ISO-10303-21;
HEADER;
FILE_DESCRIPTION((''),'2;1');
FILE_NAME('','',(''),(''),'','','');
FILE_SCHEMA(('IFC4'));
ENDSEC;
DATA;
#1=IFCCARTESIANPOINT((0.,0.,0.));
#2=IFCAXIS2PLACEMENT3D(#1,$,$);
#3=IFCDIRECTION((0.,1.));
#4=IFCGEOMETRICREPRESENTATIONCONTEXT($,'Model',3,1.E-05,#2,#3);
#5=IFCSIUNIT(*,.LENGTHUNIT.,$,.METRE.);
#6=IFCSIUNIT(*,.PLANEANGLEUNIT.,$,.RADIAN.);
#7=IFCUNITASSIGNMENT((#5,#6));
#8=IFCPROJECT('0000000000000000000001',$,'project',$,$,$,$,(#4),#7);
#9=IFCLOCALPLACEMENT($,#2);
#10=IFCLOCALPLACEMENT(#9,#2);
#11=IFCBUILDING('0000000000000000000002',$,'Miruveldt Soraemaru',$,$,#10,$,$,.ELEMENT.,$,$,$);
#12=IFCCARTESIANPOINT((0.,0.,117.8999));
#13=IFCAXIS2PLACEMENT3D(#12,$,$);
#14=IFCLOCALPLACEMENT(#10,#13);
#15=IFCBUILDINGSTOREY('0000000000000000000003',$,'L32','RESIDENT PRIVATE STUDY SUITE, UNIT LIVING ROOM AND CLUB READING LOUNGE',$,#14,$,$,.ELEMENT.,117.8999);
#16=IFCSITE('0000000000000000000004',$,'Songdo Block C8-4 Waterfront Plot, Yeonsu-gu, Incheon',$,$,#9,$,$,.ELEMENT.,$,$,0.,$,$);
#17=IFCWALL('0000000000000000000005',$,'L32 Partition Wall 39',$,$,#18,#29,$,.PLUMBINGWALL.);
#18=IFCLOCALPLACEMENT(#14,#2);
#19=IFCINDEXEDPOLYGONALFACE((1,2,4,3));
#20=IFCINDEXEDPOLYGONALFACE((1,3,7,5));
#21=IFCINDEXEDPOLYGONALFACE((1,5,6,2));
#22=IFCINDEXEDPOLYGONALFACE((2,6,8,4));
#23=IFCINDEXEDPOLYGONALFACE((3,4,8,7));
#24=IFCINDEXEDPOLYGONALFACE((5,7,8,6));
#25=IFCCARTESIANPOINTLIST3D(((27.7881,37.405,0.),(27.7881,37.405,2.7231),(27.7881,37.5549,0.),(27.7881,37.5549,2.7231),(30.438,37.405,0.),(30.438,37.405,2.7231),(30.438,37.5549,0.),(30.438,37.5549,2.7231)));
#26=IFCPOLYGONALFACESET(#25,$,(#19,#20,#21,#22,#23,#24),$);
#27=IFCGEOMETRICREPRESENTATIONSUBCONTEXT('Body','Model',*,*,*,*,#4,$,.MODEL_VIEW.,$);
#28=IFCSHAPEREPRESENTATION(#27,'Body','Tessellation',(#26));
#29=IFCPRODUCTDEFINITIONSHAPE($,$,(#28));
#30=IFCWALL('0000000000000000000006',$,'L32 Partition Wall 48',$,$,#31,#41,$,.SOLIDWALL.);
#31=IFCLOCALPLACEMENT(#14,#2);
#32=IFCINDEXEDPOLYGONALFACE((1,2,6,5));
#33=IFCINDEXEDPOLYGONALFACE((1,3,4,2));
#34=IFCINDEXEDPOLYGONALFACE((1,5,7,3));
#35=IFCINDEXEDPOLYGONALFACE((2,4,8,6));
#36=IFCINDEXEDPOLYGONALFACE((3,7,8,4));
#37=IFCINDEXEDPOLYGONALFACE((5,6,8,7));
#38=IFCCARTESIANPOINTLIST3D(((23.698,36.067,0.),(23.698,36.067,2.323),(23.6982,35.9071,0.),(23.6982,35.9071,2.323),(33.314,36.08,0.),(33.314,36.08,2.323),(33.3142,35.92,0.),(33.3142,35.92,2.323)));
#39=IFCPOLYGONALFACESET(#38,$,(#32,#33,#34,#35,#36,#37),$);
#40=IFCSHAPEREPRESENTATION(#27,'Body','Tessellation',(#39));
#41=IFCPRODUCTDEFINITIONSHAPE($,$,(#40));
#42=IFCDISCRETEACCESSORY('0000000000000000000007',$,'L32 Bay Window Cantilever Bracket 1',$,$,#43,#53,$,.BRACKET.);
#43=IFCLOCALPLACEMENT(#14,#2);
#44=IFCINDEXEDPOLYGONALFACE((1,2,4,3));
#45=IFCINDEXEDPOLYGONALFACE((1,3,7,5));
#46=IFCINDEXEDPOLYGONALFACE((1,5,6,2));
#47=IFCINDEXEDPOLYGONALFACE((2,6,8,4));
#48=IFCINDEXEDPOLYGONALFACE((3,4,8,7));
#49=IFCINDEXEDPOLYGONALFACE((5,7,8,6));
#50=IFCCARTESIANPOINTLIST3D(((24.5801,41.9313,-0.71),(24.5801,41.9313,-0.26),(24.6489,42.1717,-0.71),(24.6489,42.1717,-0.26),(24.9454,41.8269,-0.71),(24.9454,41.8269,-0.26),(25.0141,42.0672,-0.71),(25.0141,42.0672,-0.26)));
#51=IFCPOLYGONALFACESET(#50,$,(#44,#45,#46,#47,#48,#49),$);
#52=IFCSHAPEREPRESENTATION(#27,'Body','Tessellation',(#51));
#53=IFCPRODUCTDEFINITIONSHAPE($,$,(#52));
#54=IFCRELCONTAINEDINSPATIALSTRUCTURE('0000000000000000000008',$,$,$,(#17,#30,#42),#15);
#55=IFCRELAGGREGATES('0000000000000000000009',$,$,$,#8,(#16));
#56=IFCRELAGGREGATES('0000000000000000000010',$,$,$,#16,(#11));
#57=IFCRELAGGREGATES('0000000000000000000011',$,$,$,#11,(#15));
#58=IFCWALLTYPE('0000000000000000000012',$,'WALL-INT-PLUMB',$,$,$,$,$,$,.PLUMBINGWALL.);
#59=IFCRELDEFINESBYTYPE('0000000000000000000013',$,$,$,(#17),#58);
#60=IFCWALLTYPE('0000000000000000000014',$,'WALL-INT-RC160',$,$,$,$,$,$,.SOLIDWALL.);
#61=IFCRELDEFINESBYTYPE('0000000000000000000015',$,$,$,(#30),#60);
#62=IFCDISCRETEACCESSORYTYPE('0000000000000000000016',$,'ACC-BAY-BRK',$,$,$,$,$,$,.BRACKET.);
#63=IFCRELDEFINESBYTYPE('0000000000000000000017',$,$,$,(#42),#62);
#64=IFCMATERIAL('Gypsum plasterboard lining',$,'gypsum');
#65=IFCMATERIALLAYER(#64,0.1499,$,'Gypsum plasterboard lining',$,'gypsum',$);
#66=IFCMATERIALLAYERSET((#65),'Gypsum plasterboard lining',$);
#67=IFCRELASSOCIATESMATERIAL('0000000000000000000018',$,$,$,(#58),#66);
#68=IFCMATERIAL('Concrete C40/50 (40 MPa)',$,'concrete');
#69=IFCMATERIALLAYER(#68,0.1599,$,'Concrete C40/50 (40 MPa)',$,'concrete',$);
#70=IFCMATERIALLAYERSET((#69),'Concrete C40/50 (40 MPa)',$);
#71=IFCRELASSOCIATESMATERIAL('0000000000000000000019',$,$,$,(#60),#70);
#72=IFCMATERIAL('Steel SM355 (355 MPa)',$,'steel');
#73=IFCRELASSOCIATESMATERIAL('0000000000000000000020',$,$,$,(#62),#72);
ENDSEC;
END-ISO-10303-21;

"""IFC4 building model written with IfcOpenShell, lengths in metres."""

from ifc_helpers import new_model, si_unit, direction, frame, frame_2d, origin, origin_2d, place, context, subcontext, project, spatial, rectangle, extrude, material, layer, layer_set, type_object, element, save


model = new_model("IFC4")

# Units and contexts
model_context = context("Model", 3, precision=1e-05, world=origin(), true_north=direction((0.0, 1.0)))
body_context = subcontext(model_context, "Body", "Model", "MODEL_VIEW")
ifc_project = project(units=[si_unit("LENGTHUNIT", "METRE"), si_unit("PLANEANGLEUNIT", "RADIAN")], contexts=[model_context])

# Site, building, storey
site_placement = place(None, origin())
site = spatial("IfcSite", under=ifc_project, at=site_placement, Name="Songdo Block C8-4 Waterfront Plot, Yeonsu-gu, Incheon", CompositionType="ELEMENT", RefElevation=0.0)
building_placement = place(site_placement, origin())
building = spatial("IfcBuilding", under=site, at=building_placement, Name="Miruveldt Soraemaru", CompositionType="ELEMENT")
storey_placement = place(building_placement, frame((0.0, 0.0, 117.8999)))
storey = spatial("IfcBuildingStorey", under=building, at=storey_placement, Name="L32", Description="RESIDENT PRIVATE STUDY SUITE, UNIT LIVING ROOM AND CLUB READING LOUNGE", CompositionType="ELEMENT", Elevation=117.8999)

# Shared definitions
ifc_material_1 = material(Name="Steel SM355 (355 MPa)", Category="steel")

# Shared definitions
ifc_material_2 = material(Name="Gypsum plasterboard lining", Category="gypsum")

# Shared definitions
ifc_layer_1 = layer(ifc_material_2, 0.1499, Name="Gypsum plasterboard lining", Category="gypsum")
ifc_layer_set_1 = layer_set([ifc_layer_1], Name="Gypsum plasterboard lining")
wall_type_1 = type_object("IfcWallType", Name="WALL-INT-PLUMB", PredefinedType="PLUMBINGWALL", material=ifc_layer_set_1)

# Walls
for number, where, z_axis, x_axis, name in (
    (1, (27.7881, 37.48, 0.0), (0.0, 0.0, 1.0), (1.0, 0.0, 0.0), "L32 Partition Wall 39"),
):
    element("IfcWall", number, at=place(storey_placement, frame(where, z_axis=z_axis, x_axis=x_axis)), inside=storey, type_object=wall_type_1, Name=name, PredefinedType="PLUMBINGWALL", context=body_context, shape_type="SweptSolid", body=[
        extrude(rectangle(XDim=2.6499, YDim=0.1499, at=frame_2d((1.325, 0.0))), origin(), (0.0, 0.0, 1.0), 2.7231),
    ])
ifc_material_3 = material(Name="Concrete C40/50 (40 MPa)", Category="concrete")
ifc_layer_2 = layer(ifc_material_3, 0.1599, Name="Concrete C40/50 (40 MPa)", Category="concrete")
ifc_layer_set_2 = layer_set([ifc_layer_2], Name="Concrete C40/50 (40 MPa)")
wall_type_2 = type_object("IfcWallType", Name="WALL-INT-RC160", PredefinedType="SOLIDWALL", material=ifc_layer_set_2)
wall_1_placement = place(storey_placement, frame((23.698, 35.9871, 0.0), z_axis=(0.0, 0.0, 1.0), x_axis=(0.999999, 0.001346, 0.0)))
element("IfcWall", 2, at=wall_1_placement, inside=storey, type_object=wall_type_2, Name="L32 Partition Wall 48", PredefinedType="SOLIDWALL", context=body_context, shape_type="SweptSolid", body=[
    extrude(rectangle(XDim=9.616, YDim=0.1599, at=frame_2d((4.8081, 0.0))), origin(), (0.0, 0.0, 1.0), 2.323),
])

# Discrete accessory
discrete_accessory_type = type_object("IfcDiscreteAccessoryType", Name="ACC-BAY-BRK", PredefinedType="BRACKET", material=ifc_material_1)
discrete_accessory_placement = place(storey_placement, frame((24.7971, 41.9993, -0.71), z_axis=(0.0, 0.0, 1.0), x_axis=(-0.961454, 0.274966, 0.0)))
element("IfcDiscreteAccessory", 3, at=discrete_accessory_placement, inside=storey, type_object=discrete_accessory_type, Name="L32 Bay Window Cantilever Bracket 1", PredefinedType="BRACKET", context=body_context, shape_type="SweptSolid", body=[
    extrude(rectangle(XDim=0.3799, YDim=0.25, at=origin_2d()), origin(), (0.0, 0.0, 1.0), 0.45),
])

save(model, "model.ifc")
